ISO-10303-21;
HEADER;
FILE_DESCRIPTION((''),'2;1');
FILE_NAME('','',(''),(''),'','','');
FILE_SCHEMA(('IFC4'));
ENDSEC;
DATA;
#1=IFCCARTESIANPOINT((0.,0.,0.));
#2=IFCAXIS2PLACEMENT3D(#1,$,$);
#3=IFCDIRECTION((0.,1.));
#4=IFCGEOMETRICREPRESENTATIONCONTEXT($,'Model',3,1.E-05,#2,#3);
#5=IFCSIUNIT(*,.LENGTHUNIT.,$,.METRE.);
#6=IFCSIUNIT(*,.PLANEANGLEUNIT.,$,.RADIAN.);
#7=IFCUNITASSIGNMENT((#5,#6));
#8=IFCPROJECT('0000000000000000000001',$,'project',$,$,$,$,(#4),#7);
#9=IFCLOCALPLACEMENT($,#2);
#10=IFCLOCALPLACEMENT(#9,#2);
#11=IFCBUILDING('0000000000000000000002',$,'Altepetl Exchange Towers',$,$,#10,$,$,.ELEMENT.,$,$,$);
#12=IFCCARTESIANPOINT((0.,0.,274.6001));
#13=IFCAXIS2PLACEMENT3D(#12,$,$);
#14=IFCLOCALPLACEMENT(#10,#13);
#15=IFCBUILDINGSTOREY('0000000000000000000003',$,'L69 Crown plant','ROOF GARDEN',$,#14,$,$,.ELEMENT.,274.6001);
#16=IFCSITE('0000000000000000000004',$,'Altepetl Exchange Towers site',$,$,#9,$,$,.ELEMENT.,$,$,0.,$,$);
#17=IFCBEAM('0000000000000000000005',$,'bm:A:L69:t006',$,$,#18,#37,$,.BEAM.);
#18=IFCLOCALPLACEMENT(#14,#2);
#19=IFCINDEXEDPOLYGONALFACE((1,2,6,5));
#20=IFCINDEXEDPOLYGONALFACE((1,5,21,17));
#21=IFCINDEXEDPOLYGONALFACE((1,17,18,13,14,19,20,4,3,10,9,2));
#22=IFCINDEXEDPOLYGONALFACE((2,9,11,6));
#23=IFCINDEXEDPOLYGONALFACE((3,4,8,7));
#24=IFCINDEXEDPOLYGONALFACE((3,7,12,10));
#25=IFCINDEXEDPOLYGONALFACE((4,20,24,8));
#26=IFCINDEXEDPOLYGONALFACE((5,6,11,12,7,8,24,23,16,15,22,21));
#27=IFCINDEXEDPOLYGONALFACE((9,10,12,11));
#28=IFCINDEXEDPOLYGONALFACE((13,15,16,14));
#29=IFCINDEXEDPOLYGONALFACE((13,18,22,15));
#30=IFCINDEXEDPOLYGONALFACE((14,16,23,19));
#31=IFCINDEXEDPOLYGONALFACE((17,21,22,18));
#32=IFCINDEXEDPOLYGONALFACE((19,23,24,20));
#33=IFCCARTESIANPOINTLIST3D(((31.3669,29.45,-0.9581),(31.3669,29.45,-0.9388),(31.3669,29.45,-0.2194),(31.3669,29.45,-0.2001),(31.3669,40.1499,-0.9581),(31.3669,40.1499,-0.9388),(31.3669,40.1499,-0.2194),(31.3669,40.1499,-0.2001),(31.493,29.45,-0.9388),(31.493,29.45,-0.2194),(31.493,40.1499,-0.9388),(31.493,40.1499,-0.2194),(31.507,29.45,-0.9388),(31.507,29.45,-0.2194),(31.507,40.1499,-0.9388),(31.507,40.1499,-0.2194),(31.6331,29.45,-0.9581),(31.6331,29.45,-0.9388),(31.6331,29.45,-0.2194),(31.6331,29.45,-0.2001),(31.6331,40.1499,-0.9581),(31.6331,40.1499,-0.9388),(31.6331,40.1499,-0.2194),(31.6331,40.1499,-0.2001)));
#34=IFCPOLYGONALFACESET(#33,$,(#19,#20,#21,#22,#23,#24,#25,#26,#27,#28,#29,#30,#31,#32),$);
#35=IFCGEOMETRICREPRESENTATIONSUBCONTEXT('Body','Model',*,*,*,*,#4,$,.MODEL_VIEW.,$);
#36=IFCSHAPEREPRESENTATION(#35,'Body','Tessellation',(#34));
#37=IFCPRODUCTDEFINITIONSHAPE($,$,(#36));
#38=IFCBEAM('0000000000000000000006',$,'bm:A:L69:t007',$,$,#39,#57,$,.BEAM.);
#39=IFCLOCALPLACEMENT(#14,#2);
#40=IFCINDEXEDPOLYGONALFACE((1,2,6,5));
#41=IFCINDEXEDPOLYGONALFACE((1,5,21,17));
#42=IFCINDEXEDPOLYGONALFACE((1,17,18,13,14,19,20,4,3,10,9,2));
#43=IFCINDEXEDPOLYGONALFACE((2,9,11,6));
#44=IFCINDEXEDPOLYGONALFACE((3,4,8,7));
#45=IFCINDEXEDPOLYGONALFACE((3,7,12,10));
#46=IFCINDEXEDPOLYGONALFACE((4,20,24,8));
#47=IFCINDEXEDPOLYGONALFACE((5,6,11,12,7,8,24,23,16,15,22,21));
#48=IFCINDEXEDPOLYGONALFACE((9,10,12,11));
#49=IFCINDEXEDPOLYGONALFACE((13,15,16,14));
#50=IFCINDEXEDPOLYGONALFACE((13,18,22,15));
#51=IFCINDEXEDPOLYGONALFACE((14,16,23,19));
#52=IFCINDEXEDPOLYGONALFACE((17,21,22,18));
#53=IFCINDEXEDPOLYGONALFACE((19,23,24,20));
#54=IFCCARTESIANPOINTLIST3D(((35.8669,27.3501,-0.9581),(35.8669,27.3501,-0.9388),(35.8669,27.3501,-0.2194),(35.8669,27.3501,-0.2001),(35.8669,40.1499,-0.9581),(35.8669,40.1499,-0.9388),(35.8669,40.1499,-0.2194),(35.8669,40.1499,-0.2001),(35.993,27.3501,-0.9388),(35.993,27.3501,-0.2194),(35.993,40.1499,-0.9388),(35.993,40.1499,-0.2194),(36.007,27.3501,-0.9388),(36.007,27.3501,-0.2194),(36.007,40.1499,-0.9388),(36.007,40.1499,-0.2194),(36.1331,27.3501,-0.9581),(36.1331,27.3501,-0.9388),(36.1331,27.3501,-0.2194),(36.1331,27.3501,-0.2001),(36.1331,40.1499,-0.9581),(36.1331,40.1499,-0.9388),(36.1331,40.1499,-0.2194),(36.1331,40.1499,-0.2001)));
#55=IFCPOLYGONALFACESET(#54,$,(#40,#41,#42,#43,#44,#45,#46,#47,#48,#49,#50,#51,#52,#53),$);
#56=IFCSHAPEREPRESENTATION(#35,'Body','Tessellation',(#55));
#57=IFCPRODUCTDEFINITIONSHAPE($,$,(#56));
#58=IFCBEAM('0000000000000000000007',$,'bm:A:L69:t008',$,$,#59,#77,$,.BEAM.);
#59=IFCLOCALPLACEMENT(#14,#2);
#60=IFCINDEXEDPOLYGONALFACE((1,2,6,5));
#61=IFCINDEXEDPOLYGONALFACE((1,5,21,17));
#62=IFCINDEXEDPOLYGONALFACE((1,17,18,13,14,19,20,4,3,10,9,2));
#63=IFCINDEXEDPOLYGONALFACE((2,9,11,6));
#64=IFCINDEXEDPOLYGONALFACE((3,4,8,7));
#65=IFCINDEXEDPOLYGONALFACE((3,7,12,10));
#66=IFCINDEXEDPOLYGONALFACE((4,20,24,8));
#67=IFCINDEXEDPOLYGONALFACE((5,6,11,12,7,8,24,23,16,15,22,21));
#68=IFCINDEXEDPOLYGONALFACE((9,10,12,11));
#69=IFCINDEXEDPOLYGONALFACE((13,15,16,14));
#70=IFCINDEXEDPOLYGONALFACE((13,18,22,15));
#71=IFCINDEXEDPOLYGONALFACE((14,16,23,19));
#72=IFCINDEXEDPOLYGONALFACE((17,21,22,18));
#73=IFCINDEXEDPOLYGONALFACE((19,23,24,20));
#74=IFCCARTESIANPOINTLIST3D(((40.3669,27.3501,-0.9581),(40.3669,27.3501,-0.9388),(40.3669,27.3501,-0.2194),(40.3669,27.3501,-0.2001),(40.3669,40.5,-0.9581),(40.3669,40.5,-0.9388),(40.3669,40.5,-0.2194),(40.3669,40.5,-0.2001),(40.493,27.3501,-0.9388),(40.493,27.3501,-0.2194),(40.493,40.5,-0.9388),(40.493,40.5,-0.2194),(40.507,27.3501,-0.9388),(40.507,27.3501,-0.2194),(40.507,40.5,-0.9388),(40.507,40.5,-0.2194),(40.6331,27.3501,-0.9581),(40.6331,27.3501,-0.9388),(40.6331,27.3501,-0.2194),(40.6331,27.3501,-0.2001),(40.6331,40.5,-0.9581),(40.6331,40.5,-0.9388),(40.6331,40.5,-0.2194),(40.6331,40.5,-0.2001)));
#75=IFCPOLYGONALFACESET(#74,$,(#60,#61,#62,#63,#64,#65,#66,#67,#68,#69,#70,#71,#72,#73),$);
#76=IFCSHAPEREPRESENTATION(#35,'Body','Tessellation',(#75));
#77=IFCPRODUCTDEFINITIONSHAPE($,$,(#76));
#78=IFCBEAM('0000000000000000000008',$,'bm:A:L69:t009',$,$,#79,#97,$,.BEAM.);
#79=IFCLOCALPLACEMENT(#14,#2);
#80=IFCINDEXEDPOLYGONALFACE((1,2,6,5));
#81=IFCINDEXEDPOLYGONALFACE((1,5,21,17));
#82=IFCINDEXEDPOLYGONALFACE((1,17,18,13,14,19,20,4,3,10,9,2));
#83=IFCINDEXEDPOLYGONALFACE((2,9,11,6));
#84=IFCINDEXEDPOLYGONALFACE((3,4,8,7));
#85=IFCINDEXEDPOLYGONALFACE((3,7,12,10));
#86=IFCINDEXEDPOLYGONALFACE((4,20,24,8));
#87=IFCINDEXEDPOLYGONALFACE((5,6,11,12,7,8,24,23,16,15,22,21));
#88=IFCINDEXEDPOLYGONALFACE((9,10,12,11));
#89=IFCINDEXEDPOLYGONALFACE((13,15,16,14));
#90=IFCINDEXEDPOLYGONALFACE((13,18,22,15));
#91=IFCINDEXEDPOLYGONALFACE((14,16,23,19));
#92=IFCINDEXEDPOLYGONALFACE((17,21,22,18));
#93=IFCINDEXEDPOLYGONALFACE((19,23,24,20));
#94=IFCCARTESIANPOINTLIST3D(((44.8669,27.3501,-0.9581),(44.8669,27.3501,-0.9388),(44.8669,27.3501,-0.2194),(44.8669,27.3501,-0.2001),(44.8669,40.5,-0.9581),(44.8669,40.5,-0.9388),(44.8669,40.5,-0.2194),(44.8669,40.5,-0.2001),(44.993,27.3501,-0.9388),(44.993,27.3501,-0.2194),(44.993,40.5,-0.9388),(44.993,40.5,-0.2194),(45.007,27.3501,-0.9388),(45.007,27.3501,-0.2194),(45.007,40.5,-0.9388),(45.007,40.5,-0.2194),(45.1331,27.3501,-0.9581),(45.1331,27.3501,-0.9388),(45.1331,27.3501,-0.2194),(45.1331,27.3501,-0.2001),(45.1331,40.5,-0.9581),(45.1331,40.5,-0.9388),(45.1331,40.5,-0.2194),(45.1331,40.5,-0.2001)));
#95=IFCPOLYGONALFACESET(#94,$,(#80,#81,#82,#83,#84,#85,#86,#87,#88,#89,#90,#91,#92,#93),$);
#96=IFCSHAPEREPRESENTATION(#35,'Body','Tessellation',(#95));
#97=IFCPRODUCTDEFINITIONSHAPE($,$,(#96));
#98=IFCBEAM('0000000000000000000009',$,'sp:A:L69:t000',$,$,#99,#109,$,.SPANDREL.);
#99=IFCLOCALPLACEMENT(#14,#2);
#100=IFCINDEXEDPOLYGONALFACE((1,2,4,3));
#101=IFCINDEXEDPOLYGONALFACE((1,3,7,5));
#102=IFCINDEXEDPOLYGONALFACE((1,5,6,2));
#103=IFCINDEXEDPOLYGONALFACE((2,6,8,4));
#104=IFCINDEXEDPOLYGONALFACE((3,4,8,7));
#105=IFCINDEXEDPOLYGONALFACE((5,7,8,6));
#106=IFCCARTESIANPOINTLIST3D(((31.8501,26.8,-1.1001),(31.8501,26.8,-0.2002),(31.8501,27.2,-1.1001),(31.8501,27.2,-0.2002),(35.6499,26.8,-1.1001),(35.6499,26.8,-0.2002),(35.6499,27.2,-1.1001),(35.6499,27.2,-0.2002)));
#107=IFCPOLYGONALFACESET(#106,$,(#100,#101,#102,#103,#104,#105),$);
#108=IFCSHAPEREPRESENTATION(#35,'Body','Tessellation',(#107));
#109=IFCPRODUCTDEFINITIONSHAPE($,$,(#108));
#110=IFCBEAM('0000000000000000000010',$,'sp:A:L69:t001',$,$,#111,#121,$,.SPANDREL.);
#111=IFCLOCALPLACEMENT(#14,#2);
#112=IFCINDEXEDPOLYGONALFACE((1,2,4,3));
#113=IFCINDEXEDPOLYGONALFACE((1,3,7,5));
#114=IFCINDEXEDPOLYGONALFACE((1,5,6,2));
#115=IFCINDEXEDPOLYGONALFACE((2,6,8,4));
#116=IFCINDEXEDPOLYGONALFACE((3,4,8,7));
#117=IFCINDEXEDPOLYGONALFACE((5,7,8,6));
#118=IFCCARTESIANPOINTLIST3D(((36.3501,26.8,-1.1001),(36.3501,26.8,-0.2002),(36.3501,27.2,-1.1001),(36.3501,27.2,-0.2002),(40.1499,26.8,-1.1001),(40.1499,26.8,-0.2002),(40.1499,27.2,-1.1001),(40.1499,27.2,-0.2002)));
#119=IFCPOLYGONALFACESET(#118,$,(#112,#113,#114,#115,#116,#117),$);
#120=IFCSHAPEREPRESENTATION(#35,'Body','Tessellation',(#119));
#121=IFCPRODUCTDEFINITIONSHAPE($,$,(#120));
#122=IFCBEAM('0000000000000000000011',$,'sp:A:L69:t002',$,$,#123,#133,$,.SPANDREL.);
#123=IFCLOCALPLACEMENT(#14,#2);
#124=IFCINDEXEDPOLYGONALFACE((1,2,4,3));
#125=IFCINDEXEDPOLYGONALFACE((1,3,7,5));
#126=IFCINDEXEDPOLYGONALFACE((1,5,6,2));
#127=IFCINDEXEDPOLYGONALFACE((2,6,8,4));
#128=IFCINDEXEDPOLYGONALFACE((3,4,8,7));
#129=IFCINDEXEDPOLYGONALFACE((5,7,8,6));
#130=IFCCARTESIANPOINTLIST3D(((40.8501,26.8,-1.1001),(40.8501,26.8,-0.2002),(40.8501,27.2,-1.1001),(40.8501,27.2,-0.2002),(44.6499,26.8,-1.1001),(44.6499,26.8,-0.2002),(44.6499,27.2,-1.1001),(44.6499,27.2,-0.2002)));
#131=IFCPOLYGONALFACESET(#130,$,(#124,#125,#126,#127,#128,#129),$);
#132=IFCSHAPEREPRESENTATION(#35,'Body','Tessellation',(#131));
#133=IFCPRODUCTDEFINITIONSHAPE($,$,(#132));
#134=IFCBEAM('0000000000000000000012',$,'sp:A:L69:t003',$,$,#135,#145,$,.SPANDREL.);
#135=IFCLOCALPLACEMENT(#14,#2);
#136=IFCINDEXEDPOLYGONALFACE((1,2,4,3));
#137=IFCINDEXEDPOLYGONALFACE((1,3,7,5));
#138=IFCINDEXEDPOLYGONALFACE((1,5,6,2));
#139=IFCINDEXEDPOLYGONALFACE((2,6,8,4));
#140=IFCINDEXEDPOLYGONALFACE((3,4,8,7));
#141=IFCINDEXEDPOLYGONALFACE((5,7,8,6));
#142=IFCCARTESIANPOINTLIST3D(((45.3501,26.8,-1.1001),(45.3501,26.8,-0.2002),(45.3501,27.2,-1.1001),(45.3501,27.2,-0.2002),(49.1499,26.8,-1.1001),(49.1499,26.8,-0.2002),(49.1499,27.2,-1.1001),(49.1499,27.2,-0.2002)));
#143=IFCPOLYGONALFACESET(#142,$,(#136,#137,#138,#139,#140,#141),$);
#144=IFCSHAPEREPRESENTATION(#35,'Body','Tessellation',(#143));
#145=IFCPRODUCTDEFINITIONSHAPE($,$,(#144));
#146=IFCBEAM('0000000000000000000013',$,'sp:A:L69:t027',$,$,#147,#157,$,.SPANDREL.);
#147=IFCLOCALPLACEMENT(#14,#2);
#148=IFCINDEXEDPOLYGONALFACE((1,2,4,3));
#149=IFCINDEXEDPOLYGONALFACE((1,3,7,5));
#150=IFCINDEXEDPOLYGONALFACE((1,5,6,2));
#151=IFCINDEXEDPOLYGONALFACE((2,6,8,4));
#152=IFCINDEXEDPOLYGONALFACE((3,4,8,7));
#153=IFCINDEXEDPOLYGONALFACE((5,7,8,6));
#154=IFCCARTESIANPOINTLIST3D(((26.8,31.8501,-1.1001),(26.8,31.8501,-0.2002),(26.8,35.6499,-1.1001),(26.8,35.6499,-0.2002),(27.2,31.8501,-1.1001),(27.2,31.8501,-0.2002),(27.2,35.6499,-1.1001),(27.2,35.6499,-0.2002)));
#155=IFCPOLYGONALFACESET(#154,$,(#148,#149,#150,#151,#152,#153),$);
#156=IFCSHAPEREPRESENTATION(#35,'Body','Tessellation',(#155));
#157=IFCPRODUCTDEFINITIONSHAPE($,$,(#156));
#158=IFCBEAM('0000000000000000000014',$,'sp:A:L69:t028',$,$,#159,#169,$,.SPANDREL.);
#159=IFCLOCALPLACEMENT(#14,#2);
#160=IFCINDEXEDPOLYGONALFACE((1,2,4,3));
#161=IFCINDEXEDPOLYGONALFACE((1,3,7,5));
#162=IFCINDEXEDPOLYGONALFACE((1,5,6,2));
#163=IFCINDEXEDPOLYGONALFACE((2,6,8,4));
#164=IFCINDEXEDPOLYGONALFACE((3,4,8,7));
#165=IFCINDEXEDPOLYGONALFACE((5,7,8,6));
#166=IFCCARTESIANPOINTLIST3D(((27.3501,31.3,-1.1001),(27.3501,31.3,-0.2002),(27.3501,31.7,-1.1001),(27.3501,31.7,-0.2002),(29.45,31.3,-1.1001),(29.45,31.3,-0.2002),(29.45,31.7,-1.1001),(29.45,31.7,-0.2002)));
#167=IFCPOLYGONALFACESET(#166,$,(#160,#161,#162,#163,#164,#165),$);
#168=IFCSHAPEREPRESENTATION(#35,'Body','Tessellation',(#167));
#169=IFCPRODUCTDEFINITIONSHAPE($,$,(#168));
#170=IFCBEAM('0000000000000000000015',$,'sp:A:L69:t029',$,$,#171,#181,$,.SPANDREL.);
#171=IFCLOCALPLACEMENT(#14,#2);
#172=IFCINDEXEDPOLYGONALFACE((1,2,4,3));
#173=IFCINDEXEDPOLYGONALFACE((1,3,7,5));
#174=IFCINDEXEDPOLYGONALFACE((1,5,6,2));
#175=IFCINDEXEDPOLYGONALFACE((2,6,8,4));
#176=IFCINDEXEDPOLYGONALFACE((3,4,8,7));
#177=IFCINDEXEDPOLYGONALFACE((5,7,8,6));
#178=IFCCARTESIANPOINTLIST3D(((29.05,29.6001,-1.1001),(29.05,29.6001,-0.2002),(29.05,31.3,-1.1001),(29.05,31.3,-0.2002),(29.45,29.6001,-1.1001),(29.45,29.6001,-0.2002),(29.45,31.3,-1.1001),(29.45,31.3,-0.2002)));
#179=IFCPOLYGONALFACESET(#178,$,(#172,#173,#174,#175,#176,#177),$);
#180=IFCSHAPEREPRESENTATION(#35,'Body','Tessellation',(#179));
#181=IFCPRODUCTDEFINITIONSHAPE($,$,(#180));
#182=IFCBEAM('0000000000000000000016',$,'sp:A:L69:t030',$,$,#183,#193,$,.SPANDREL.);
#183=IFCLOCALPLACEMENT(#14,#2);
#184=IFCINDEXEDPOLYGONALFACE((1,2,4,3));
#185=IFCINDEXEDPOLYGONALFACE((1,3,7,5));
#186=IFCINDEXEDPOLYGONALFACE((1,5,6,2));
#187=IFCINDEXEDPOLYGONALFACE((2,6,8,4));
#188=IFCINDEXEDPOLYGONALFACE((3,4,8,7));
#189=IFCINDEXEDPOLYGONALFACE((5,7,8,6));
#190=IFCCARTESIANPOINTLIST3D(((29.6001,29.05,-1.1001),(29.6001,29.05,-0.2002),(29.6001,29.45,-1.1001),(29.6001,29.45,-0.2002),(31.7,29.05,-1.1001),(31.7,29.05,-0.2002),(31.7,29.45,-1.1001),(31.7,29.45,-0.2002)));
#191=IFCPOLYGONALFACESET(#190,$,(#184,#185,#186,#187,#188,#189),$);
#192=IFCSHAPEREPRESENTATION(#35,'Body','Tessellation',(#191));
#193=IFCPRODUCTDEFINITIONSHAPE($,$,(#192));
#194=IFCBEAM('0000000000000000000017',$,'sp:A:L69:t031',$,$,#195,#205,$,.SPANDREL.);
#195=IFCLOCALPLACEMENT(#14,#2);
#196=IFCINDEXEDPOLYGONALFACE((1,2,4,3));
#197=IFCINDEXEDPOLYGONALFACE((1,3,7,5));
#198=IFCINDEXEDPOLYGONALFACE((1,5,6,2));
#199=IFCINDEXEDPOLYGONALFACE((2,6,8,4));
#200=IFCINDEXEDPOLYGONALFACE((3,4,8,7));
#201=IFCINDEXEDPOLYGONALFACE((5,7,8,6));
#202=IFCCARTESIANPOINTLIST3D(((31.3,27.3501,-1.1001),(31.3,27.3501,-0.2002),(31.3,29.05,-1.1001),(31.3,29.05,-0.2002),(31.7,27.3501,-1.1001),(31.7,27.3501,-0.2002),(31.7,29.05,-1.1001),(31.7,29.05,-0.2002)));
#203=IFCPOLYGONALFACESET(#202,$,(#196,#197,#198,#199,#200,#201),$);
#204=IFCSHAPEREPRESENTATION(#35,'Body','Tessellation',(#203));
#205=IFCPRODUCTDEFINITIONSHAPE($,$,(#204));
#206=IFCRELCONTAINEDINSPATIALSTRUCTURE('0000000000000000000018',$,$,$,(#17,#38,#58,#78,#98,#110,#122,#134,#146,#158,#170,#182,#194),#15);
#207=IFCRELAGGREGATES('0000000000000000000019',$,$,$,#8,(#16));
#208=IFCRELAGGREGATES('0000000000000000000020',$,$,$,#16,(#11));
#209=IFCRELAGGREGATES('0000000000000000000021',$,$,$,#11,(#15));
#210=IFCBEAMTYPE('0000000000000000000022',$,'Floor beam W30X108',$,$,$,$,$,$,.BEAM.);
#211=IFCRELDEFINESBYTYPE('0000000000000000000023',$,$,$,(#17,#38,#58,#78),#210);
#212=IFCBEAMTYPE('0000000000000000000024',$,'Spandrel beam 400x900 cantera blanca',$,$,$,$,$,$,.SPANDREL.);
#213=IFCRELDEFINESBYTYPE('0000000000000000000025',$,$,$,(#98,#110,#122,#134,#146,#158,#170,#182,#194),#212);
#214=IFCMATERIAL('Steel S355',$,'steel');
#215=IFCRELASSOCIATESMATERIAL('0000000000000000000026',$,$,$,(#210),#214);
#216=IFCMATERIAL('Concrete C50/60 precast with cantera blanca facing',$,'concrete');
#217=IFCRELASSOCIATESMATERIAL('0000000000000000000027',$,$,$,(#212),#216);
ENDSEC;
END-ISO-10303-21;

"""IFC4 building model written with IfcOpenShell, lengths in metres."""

from ifc_helpers import new_model, si_unit, direction, frame, origin, origin_2d, place, context, subcontext, project, spatial, rectangle, i_section, extrude, material, material_profile, profile_set, type_object, element, save


model = new_model("IFC4")

# Units and contexts
model_context = context("Model", 3, precision=1e-05, world=origin(), true_north=direction((0.0, 1.0)))
body_context = subcontext(model_context, "Body", "Model", "MODEL_VIEW")
ifc_project = project(units=[si_unit("LENGTHUNIT", "METRE"), si_unit("PLANEANGLEUNIT", "RADIAN")], contexts=[model_context])

# Site, building, storey
site_placement = place(None, origin())
site = spatial("IfcSite", under=ifc_project, at=site_placement, Name="Altepetl Exchange Towers site", CompositionType="ELEMENT", RefElevation=0.0)
building_placement = place(site_placement, origin())
building = spatial("IfcBuilding", under=site, at=building_placement, Name="Altepetl Exchange Towers", CompositionType="ELEMENT")
storey_placement = place(building_placement, frame((0.0, 0.0, 274.6001)))
storey = spatial("IfcBuildingStorey", under=building, at=storey_placement, Name="L69 Crown plant", Description="ROOF GARDEN", CompositionType="ELEMENT", Elevation=274.6001)

# Beams
ifc_material_1 = material(Name="Steel S355", Category="steel")
ifc_material_profile_1 = material_profile(ifc_material_1, i_section(OverallWidth=0.2661, OverallDepth=0.7581, WebThickness=0.0139, FlangeThickness=0.0193, at=origin_2d()), Name="W30X108")
ifc_profile_set_1 = profile_set([ifc_material_profile_1], Name="Steel S355")
beam_type_1 = type_object("IfcBeamType", Name="Floor beam W30X108", PredefinedType="BEAM", material=ifc_profile_set_1)
beam_1_placement = place(storey_placement, frame((31.5, 29.45, -0.5791), z_axis=(0.0, 1.0, 0.0), x_axis=(-1.0, 0.0, 0.0)))
element("IfcBeam", 1, at=beam_1_placement, inside=storey, type_object=beam_type_1, Name="bm:A:L69:t006", PredefinedType="BEAM", context=body_context, shape_type="SweptSolid", body=[
    extrude(i_section(OverallWidth=0.2661, OverallDepth=0.7581, WebThickness=0.0139, FlangeThickness=0.0193, at=origin_2d()), origin(), (0.0, 0.0, 1.0), 10.7),
])
beam_2_placement = place(storey_placement, frame((36.0, 27.3501, -0.5791), z_axis=(0.0, 1.0, 0.0), x_axis=(-1.0, 0.0, 0.0)))
element("IfcBeam", 2, at=beam_2_placement, inside=storey, type_object=beam_type_1, Name="bm:A:L69:t007", PredefinedType="BEAM", context=body_context, shape_type="SweptSolid", body=[
    extrude(i_section(OverallWidth=0.2661, OverallDepth=0.7581, WebThickness=0.0139, FlangeThickness=0.0193, at=origin_2d()), origin(), (0.0, 0.0, 1.0), 12.7998),
])
for number, where, z_axis, x_axis, name in (
    (3, (40.5, 27.3501, -0.5791), (0.0, 1.0, 0.0), (-1.0, 0.0, 0.0), "bm:A:L69:t008"),
    (4, (45.0, 27.3501, -0.5791), (0.0, 1.0, 0.0), (-1.0, 0.0, 0.0), "bm:A:L69:t009"),
):
    element("IfcBeam", number, at=place(storey_placement, frame(where, z_axis=z_axis, x_axis=x_axis)), inside=storey, type_object=beam_type_1, Name=name, PredefinedType="BEAM", context=body_context, shape_type="SweptSolid", body=[
        extrude(i_section(OverallWidth=0.2661, OverallDepth=0.7581, WebThickness=0.0139, FlangeThickness=0.0193, at=origin_2d()), origin(), (0.0, 0.0, 1.0), 13.1499),
    ])
ifc_material_2 = material(Name="Concrete C50/60 precast with cantera blanca facing", Category="concrete")
ifc_material_profile_2 = material_profile(ifc_material_2, rectangle(XDim=0.3999, YDim=0.8999, at=origin_2d()), Name="400 x 900")
ifc_profile_set_2 = profile_set([ifc_material_profile_2], Name="Concrete C50/60 precast with cantera blanca facing")
beam_type_2 = type_object("IfcBeamType", Name="Spandrel beam 400x900 cantera blanca", PredefinedType="SPANDREL", material=ifc_profile_set_2)
for number, where, z_axis, x_axis, name in (
    (5, (31.8501, 27.0, -0.6501), (1.0, 0.0, 0.0), (0.0, 1.0, 0.0), "sp:A:L69:t000"),
    (6, (36.3501, 27.0, -0.6501), (1.0, 0.0, 0.0), (0.0, 1.0, 0.0), "sp:A:L69:t001"),
    (7, (40.8501, 27.0, -0.6501), (1.0, 0.0, 0.0), (0.0, 1.0, 0.0), "sp:A:L69:t002"),
    (8, (45.3501, 27.0, -0.6501), (1.0, 0.0, 0.0), (0.0, 1.0, 0.0), "sp:A:L69:t003"),
    (9, (27.0, 35.6499, -0.6501), (0.0, -1.0, 0.0), (1.0, 0.0, 0.0), "sp:A:L69:t027"),
):
    element("IfcBeam", number, at=place(storey_placement, frame(where, z_axis=z_axis, x_axis=x_axis)), inside=storey, type_object=beam_type_2, Name=name, PredefinedType="SPANDREL", context=body_context, shape_type="SweptSolid", body=[
        extrude(rectangle(XDim=0.3999, YDim=0.8999, at=origin_2d()), origin(), (0.0, 0.0, 1.0), 3.7998),
    ])
beam_3_placement = place(storey_placement, frame((27.3501, 31.5, -0.6501), z_axis=(1.0, 0.0, 0.0), x_axis=(0.0, 1.0, 0.0)))
element("IfcBeam", 10, at=beam_3_placement, inside=storey, type_object=beam_type_2, Name="sp:A:L69:t028", PredefinedType="SPANDREL", context=body_context, shape_type="SweptSolid", body=[
    extrude(rectangle(XDim=0.3999, YDim=0.8999, at=origin_2d()), origin(), (0.0, 0.0, 1.0), 2.0999),
])
beam_4_placement = place(storey_placement, frame((29.25, 31.3, -0.6501), z_axis=(0.0, -1.0, 0.0), x_axis=(1.0, 0.0, 0.0)))
element("IfcBeam", 11, at=beam_4_placement, inside=storey, type_object=beam_type_2, Name="sp:A:L69:t029", PredefinedType="SPANDREL", context=body_context, shape_type="SweptSolid", body=[
    extrude(rectangle(XDim=0.3999, YDim=0.8999, at=origin_2d()), origin(), (0.0, 0.0, 1.0), 1.7),
])
beam_5_placement = place(storey_placement, frame((29.6001, 29.25, -0.6501), z_axis=(1.0, 0.0, 0.0), x_axis=(0.0, 1.0, 0.0)))
element("IfcBeam", 12, at=beam_5_placement, inside=storey, type_object=beam_type_2, Name="sp:A:L69:t030", PredefinedType="SPANDREL", context=body_context, shape_type="SweptSolid", body=[
    extrude(rectangle(XDim=0.3999, YDim=0.8999, at=origin_2d()), origin(), (0.0, 0.0, 1.0), 2.0999),
])
beam_6_placement = place(storey_placement, frame((31.5, 29.05, -0.6501), z_axis=(0.0, -1.0, 0.0), x_axis=(1.0, 0.0, 0.0)))
element("IfcBeam", 13, at=beam_6_placement, inside=storey, type_object=beam_type_2, Name="sp:A:L69:t031", PredefinedType="SPANDREL", context=body_context, shape_type="SweptSolid", body=[
    extrude(rectangle(XDim=0.3999, YDim=0.8999, at=origin_2d()), origin(), (0.0, 0.0, 1.0), 1.7),
])

save(model, "model.ifc")
